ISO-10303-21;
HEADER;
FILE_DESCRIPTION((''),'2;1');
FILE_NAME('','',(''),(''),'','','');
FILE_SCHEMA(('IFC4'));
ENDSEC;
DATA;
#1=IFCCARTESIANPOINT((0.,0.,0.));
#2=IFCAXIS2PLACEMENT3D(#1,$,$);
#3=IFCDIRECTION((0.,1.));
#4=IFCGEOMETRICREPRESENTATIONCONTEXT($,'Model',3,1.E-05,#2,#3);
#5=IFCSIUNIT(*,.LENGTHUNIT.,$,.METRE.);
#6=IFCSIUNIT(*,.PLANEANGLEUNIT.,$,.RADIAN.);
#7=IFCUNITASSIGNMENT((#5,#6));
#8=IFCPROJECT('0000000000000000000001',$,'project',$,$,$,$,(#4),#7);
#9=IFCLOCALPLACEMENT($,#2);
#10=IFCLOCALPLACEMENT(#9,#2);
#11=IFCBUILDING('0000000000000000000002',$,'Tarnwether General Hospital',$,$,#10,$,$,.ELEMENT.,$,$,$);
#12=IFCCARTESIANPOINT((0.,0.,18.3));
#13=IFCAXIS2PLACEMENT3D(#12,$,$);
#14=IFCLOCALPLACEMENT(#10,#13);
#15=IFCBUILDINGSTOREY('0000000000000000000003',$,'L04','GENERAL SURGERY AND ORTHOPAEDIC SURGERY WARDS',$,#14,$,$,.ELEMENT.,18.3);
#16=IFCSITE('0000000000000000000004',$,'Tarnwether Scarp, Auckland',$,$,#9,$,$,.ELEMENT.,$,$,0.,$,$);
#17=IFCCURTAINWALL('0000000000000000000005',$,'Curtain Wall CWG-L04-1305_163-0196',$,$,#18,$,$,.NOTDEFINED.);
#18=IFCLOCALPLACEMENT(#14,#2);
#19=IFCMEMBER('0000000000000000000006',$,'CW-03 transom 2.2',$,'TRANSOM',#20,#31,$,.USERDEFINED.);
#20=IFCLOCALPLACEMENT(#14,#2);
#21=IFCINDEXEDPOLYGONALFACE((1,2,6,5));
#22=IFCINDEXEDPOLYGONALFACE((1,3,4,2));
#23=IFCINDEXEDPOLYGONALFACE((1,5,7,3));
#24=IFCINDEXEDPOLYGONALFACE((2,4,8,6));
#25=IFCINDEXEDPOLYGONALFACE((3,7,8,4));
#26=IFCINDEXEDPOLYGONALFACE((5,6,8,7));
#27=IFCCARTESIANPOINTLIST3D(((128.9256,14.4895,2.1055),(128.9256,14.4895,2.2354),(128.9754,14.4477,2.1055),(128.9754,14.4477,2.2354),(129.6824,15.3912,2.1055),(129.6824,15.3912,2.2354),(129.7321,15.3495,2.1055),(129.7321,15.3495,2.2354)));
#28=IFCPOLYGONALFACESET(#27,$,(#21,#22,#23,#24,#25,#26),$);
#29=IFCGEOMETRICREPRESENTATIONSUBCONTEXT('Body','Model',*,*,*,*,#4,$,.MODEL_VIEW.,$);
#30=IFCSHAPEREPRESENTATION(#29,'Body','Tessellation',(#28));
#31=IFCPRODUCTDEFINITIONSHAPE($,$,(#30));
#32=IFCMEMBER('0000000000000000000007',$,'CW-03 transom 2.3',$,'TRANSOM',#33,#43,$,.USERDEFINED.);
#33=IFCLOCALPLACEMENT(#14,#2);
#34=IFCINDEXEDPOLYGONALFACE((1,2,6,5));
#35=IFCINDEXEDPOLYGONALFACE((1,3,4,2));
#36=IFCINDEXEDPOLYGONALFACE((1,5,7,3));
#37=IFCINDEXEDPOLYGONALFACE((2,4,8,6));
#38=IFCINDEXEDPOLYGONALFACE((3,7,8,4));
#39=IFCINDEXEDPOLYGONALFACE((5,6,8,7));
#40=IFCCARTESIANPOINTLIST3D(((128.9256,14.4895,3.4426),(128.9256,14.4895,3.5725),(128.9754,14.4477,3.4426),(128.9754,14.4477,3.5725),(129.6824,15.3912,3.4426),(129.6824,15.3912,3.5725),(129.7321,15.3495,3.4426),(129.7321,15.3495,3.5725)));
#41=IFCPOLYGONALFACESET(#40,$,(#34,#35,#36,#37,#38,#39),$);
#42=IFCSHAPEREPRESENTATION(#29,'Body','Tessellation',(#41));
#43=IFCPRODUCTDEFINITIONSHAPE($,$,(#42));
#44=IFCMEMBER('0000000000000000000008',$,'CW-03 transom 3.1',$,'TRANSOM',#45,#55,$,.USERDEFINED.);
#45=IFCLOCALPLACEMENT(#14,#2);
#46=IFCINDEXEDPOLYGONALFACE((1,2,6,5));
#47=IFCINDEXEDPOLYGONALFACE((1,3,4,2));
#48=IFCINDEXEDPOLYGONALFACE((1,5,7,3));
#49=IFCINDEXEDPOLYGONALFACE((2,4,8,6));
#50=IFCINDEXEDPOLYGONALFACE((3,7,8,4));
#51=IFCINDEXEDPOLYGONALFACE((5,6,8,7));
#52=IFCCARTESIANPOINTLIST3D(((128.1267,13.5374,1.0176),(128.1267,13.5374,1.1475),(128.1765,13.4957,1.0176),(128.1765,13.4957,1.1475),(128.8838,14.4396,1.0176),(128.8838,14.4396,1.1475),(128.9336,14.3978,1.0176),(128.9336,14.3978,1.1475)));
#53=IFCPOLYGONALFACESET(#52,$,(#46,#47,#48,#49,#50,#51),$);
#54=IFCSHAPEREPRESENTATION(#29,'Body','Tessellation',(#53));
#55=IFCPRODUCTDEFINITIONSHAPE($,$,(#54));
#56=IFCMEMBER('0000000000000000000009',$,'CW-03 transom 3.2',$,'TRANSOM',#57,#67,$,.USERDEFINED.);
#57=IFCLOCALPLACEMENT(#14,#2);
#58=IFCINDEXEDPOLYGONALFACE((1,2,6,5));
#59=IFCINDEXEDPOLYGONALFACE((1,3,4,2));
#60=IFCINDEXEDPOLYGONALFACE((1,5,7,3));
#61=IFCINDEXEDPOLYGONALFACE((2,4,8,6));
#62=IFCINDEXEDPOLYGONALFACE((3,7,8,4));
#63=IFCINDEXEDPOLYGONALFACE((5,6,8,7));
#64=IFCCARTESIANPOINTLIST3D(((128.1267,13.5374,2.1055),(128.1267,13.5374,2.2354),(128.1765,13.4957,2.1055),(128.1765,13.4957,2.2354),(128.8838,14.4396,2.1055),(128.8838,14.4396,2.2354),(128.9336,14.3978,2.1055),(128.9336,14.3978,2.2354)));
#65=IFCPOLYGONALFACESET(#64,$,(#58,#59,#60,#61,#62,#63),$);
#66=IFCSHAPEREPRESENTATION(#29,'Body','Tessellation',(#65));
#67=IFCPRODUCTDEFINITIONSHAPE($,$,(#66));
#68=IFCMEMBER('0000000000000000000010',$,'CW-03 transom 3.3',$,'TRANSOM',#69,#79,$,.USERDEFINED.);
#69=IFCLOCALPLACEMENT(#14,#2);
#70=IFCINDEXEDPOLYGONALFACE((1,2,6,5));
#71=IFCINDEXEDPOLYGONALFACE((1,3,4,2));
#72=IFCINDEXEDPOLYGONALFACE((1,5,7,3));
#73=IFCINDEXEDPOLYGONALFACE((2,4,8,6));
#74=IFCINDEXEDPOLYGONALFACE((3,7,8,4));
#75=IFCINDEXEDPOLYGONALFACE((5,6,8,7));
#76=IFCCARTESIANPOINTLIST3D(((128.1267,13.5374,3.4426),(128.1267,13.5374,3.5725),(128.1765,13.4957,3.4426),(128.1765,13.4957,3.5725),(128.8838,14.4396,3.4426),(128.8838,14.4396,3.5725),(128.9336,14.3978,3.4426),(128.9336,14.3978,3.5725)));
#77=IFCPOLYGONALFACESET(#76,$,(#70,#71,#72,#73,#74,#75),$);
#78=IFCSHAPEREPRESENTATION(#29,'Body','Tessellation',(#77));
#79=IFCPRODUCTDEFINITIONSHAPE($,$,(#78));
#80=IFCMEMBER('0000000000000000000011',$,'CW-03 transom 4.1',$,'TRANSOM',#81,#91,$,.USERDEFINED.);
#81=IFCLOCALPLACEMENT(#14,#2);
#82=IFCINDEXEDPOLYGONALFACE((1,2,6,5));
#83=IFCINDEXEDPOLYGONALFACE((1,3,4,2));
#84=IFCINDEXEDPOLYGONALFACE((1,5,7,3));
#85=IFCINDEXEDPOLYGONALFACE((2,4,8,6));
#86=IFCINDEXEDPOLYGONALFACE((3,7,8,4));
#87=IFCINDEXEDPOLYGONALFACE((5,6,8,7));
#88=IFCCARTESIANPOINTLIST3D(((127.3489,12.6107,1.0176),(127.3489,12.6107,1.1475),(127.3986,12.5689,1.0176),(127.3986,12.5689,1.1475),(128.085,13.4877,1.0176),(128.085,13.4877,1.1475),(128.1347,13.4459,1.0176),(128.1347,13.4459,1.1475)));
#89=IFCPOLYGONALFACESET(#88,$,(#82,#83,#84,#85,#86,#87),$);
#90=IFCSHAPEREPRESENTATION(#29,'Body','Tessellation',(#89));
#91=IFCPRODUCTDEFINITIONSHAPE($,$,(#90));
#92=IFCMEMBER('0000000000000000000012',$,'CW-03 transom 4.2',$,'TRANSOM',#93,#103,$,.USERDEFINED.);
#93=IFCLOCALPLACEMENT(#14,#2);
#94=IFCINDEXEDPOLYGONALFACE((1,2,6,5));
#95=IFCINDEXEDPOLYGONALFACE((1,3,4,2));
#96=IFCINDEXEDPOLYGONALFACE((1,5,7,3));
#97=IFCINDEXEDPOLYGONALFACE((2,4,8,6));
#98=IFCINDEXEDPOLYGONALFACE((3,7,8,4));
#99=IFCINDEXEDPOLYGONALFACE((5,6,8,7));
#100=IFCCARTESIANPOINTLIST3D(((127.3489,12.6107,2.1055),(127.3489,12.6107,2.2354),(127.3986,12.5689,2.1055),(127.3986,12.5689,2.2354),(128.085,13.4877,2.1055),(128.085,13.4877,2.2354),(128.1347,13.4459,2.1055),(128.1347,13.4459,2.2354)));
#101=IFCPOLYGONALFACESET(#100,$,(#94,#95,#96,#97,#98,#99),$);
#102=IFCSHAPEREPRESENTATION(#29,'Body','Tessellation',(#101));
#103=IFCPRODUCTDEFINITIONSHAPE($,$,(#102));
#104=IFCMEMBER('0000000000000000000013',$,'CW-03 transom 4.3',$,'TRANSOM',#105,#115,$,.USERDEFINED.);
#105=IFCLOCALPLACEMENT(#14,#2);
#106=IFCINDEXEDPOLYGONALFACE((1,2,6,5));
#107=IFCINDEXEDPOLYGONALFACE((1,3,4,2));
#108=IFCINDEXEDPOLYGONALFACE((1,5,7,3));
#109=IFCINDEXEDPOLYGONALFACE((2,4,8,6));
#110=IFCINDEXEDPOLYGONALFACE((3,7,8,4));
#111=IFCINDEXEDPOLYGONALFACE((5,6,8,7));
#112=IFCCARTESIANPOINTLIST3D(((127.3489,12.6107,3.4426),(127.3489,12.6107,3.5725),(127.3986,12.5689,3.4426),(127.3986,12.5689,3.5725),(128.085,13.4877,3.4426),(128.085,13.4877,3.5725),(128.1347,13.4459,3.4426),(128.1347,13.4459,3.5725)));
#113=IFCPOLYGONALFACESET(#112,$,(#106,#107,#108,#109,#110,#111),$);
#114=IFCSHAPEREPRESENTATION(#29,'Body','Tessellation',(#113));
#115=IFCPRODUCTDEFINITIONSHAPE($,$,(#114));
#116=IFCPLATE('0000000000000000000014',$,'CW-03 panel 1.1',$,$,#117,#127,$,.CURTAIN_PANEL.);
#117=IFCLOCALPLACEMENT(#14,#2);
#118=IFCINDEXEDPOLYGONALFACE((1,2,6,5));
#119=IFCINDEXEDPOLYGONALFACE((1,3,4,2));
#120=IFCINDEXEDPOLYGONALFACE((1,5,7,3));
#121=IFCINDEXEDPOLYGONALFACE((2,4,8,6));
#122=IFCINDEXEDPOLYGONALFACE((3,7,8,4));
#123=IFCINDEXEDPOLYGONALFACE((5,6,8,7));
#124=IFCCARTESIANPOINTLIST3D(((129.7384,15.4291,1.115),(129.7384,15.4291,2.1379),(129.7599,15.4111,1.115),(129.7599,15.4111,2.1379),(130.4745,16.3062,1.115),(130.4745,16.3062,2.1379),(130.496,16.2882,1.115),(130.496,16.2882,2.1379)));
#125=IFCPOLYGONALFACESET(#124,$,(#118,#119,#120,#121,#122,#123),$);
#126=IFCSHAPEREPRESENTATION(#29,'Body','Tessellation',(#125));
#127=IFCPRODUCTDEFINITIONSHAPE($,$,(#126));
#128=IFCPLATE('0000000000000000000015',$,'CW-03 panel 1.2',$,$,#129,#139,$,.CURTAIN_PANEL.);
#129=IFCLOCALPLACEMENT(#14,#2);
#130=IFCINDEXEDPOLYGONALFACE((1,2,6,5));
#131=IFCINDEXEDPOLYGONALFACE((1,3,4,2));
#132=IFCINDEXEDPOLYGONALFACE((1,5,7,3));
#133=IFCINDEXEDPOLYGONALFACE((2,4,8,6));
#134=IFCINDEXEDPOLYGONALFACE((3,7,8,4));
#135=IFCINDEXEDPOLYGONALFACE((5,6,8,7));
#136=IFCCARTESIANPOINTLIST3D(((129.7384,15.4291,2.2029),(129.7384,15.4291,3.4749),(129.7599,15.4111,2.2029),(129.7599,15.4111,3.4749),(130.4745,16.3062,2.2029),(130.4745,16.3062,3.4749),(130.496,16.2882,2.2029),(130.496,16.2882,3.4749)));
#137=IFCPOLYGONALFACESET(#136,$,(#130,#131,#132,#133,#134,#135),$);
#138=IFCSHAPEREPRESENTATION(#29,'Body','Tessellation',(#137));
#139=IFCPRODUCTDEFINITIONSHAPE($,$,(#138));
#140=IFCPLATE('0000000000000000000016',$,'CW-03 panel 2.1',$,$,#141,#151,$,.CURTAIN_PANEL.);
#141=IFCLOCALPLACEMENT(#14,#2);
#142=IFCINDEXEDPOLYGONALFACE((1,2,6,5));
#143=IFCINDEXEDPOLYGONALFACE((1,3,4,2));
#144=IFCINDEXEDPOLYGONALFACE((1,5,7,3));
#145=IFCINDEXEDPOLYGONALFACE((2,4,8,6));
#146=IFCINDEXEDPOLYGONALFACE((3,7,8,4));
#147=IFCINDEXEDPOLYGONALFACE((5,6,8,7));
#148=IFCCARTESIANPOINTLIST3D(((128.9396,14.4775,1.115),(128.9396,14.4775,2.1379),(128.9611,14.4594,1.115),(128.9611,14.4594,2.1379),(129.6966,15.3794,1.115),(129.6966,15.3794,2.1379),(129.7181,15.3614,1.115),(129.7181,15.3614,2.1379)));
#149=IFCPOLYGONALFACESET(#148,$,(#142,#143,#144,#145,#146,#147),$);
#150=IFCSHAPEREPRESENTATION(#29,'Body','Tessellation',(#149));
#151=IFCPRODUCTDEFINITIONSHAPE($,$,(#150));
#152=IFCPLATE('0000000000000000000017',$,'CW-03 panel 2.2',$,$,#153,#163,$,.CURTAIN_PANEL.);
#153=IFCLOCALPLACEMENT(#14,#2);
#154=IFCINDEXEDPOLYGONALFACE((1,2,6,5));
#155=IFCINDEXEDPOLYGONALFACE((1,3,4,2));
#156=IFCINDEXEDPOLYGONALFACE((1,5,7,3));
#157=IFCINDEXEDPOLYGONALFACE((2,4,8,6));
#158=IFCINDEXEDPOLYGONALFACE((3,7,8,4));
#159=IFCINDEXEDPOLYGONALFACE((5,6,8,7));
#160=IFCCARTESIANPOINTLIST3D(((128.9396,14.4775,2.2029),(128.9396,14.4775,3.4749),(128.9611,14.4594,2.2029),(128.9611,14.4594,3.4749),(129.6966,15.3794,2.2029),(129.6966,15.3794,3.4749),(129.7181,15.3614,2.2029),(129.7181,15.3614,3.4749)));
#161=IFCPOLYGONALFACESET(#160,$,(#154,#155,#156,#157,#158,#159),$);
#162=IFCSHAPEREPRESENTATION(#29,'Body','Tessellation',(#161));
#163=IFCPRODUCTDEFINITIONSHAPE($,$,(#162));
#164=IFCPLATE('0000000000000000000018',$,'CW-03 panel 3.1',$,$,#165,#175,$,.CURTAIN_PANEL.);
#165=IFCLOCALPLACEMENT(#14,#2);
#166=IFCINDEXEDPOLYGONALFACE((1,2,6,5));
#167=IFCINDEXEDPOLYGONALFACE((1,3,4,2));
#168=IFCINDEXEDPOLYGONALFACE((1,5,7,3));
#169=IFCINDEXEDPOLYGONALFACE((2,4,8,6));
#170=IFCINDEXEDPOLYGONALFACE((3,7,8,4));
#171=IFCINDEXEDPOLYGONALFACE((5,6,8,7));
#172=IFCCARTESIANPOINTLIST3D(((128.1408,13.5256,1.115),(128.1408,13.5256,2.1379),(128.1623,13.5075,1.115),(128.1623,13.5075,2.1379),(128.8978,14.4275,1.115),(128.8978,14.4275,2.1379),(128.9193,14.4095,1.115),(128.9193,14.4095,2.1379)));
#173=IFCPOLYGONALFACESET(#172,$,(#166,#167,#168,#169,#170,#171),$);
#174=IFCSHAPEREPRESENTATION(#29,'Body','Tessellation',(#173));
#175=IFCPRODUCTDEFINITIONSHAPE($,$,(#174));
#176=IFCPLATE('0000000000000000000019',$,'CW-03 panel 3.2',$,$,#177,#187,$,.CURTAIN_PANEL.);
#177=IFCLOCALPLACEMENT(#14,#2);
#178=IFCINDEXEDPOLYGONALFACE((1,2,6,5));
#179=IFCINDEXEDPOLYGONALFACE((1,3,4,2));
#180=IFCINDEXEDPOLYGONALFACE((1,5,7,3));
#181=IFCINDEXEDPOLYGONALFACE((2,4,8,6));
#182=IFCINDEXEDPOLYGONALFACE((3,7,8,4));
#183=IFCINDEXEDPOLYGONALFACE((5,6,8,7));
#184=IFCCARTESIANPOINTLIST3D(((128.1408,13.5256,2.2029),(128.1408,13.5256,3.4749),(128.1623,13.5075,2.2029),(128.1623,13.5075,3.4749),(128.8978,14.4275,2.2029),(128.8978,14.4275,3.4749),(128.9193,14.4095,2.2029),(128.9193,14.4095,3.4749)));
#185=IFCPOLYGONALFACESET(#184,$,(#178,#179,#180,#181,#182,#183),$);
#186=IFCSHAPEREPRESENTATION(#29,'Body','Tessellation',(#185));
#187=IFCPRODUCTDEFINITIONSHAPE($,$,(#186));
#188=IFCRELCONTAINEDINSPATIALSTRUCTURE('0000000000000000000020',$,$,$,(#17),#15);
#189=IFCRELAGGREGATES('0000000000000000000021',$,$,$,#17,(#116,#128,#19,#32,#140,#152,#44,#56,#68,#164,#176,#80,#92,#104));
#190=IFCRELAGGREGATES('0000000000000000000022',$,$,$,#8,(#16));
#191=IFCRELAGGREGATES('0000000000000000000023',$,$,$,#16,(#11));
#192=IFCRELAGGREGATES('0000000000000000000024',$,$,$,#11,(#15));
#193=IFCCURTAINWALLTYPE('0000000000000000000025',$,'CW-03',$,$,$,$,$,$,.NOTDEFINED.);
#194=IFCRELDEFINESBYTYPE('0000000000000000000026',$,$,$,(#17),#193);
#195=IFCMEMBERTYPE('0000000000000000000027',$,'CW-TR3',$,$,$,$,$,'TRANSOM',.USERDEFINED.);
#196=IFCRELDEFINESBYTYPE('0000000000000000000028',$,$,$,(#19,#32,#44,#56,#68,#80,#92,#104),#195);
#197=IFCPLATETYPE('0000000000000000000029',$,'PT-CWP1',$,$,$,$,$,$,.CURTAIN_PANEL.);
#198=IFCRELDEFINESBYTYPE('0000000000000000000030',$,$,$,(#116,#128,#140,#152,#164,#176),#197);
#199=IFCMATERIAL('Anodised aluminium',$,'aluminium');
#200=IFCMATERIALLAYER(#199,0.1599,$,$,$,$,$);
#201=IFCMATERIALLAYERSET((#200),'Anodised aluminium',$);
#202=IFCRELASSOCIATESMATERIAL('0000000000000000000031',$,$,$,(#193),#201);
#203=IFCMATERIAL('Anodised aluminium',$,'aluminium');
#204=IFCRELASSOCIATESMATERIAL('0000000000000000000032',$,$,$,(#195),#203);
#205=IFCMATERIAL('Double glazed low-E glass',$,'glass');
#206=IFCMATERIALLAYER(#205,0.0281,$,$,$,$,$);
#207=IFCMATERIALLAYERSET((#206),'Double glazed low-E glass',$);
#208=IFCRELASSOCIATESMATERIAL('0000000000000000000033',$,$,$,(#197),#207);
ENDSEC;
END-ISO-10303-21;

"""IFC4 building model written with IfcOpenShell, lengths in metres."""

from ifc_helpers import new_model, si_unit, direction, frame, origin, origin_2d, place, context, subcontext, project, spatial, rectangle, extrude, material, layer, layer_set, material_profile, profile_set, type_object, element, aggregate, save


model = new_model("IFC4")

# Units and contexts
model_context = context("Model", 3, precision=1e-05, world=origin(), true_north=direction((0.0, 1.0)))
body_context = subcontext(model_context, "Body", "Model", "MODEL_VIEW")
ifc_project = project(units=[si_unit("LENGTHUNIT", "METRE"), si_unit("PLANEANGLEUNIT", "RADIAN")], contexts=[model_context])

# Site, building, storey
site_placement = place(None, origin())
site = spatial("IfcSite", under=ifc_project, at=site_placement, Name="Tarnwether Scarp, Auckland", CompositionType="ELEMENT", RefElevation=0.0)
building_placement = place(site_placement, origin())
building = spatial("IfcBuilding", under=site, at=building_placement, Name="Tarnwether General Hospital", CompositionType="ELEMENT")
storey_placement = place(building_placement, frame((0.0, 0.0, 18.3)))
storey = spatial("IfcBuildingStorey", under=building, at=storey_placement, Name="L04", Description="GENERAL SURGERY AND ORTHOPAEDIC SURGERY WARDS", CompositionType="ELEMENT", Elevation=18.3)

# Curtain wall
ifc_material_1 = material(Name="Anodised aluminium", Category="aluminium")
ifc_layer_1 = layer(ifc_material_1, 0.1599)
ifc_layer_set_1 = layer_set([ifc_layer_1], Name="Anodised aluminium")
curtain_wall_type_1 = type_object("IfcCurtainWallType", Name="CW-03", PredefinedType="NOTDEFINED", material=ifc_layer_set_1)
curtain_wall_1_placement = place(storey_placement, origin())
curtain_wall_1 = element("IfcCurtainWall", 1, at=curtain_wall_1_placement, inside=storey, type_object=curtain_wall_type_1, Name="Curtain Wall CWG-L04-1305_163-0196", PredefinedType="NOTDEFINED")

# Members
ifc_material_2 = material(Name="Anodised aluminium", Category="aluminium")
ifc_material_profile_1 = material_profile(ifc_material_2, rectangle(XDim=0.0649, YDim=0.1299, at=origin_2d()), Name="ALU-TRN-65x130")
ifc_profile_set_1 = profile_set([ifc_material_profile_1], Name="Anodised aluminium")
member_type_1 = type_object("IfcMemberType", Name="CW-TR3", ElementType="TRANSOM", PredefinedType="USERDEFINED", material=ifc_profile_set_1)
member_1_placement = place(storey_placement, frame((129.7073, 15.3704, 2.1704), z_axis=(-0.642832, -0.766007, 0.0), x_axis=(0.766007, -0.642832, 0.0)))
member_1 = element("IfcMember", 2, at=member_1_placement, type_object=member_type_1, Name="CW-03 transom 2.2", ObjectType="TRANSOM", PredefinedType="USERDEFINED", context=body_context, shape_type="SweptSolid", body=[
    extrude(rectangle(XDim=0.0649, YDim=0.1299, at=origin_2d()), origin(), (0.0, 0.0, 1.0), 1.1772),
])
member_2_placement = place(storey_placement, frame((129.7073, 15.3704, 3.5076), z_axis=(-0.642832, -0.766007, 0.0), x_axis=(0.766007, -0.642832, 0.0)))
member_2 = element("IfcMember", 3, at=member_2_placement, type_object=member_type_1, Name="CW-03 transom 2.3", ObjectType="TRANSOM", PredefinedType="USERDEFINED", context=body_context, shape_type="SweptSolid", body=[
    extrude(rectangle(XDim=0.0649, YDim=0.1299, at=origin_2d()), origin(), (0.0, 0.0, 1.0), 1.1772),
])
member_3_placement = place(storey_placement, frame((128.9087, 14.4187, 1.0825), z_axis=(-0.642852, -0.765991, 0.0), x_axis=(0.765991, -0.642852, 0.0)))
member_3 = element("IfcMember", 4, at=member_3_placement, type_object=member_type_1, Name="CW-03 transom 3.1", ObjectType="TRANSOM", PredefinedType="USERDEFINED", context=body_context, shape_type="SweptSolid", body=[
    extrude(rectangle(XDim=0.0649, YDim=0.1299, at=origin_2d()), origin(), (0.0, 0.0, 1.0), 1.1777),
])
member_4_placement = place(storey_placement, frame((128.9087, 14.4187, 2.1704), z_axis=(-0.642852, -0.765991, 0.0), x_axis=(0.765991, -0.642852, 0.0)))
member_4 = element("IfcMember", 5, at=member_4_placement, type_object=member_type_1, Name="CW-03 transom 3.2", ObjectType="TRANSOM", PredefinedType="USERDEFINED", context=body_context, shape_type="SweptSolid", body=[
    extrude(rectangle(XDim=0.0649, YDim=0.1299, at=origin_2d()), origin(), (0.0, 0.0, 1.0), 1.1777),
])
member_5_placement = place(storey_placement, frame((128.9087, 14.4187, 3.5076), z_axis=(-0.642852, -0.765991, 0.0), x_axis=(0.765991, -0.642852, 0.0)))
member_5 = element("IfcMember", 6, at=member_5_placement, type_object=member_type_1, Name="CW-03 transom 3.3", ObjectType="TRANSOM", PredefinedType="USERDEFINED", context=body_context, shape_type="SweptSolid", body=[
    extrude(rectangle(XDim=0.0649, YDim=0.1299, at=origin_2d()), origin(), (0.0, 0.0, 1.0), 1.1777),
])
member_6_placement = place(storey_placement, frame((128.1099, 13.4668, 1.0825), z_axis=(-0.642907, -0.765944, 0.0), x_axis=(0.765944, -0.642907, 0.0)))
member_6 = element("IfcMember", 7, at=member_6_placement, type_object=member_type_1, Name="CW-03 transom 4.1", ObjectType="TRANSOM", PredefinedType="USERDEFINED", context=body_context, shape_type="SweptSolid", body=[
    extrude(rectangle(XDim=0.0649, YDim=0.1299, at=origin_2d()), origin(), (0.0, 0.0, 1.0), 1.145),
])
member_7_placement = place(storey_placement, frame((128.1099, 13.4668, 2.1704), z_axis=(-0.642907, -0.765944, 0.0), x_axis=(0.765944, -0.642907, 0.0)))
member_7 = element("IfcMember", 8, at=member_7_placement, type_object=member_type_1, Name="CW-03 transom 4.2", ObjectType="TRANSOM", PredefinedType="USERDEFINED", context=body_context, shape_type="SweptSolid", body=[
    extrude(rectangle(XDim=0.0649, YDim=0.1299, at=origin_2d()), origin(), (0.0, 0.0, 1.0), 1.145),
])
member_8_placement = place(storey_placement, frame((128.1099, 13.4668, 3.5076), z_axis=(-0.642907, -0.765944, 0.0), x_axis=(0.765944, -0.642907, 0.0)))
member_8 = element("IfcMember", 9, at=member_8_placement, type_object=member_type_1, Name="CW-03 transom 4.3", ObjectType="TRANSOM", PredefinedType="USERDEFINED", context=body_context, shape_type="SweptSolid", body=[
    extrude(rectangle(XDim=0.0649, YDim=0.1299, at=origin_2d()), origin(), (0.0, 0.0, 1.0), 1.145),
])

# Plates
ifc_material_3 = material(Name="Double glazed low-E glass", Category="glass")
ifc_layer_2 = layer(ifc_material_3, 0.0281)
ifc_layer_set_2 = layer_set([ifc_layer_2], Name="Double glazed low-E glass")
plate_type_1 = type_object("IfcPlateType", Name="PT-CWP1", PredefinedType="CURTAIN_PANEL", material=ifc_layer_set_2)
plate_1_placement = place(storey_placement, frame((130.1172, 15.8586, 1.115), z_axis=(0.0, 0.0, 1.0), x_axis=(-0.642852, -0.76599, 0.0)))
plate_1 = element("IfcPlate", 10, at=plate_1_placement, type_object=plate_type_1, Name="CW-03 panel 1.1", PredefinedType="CURTAIN_PANEL", context=body_context, shape_type="SweptSolid", body=[
    extrude(rectangle(XDim=1.145, YDim=0.0281, at=origin_2d()), origin(), (0.0, 0.0, 1.0), 1.0229),
])
plate_2_placement = place(storey_placement, frame((130.1172, 15.8586, 2.2029), z_axis=(0.0, 0.0, 1.0), x_axis=(-0.642852, -0.76599, 0.0)))
plate_2 = element("IfcPlate", 11, at=plate_2_placement, type_object=plate_type_1, Name="CW-03 panel 1.2", PredefinedType="CURTAIN_PANEL", context=body_context, shape_type="SweptSolid", body=[
    extrude(rectangle(XDim=1.145, YDim=0.0281, at=origin_2d()), origin(), (0.0, 0.0, 1.0), 1.272),
])
plate_3_placement = place(storey_placement, frame((129.3289, 14.9194, 1.115), z_axis=(0.0, 0.0, 1.0), x_axis=(-0.642852, -0.76599, 0.0)))
plate_3 = element("IfcPlate", 12, at=plate_3_placement, type_object=plate_type_1, Name="CW-03 panel 2.1", PredefinedType="CURTAIN_PANEL", context=body_context, shape_type="SweptSolid", body=[
    extrude(rectangle(XDim=1.1775, YDim=0.0281, at=origin_2d()), origin(), (0.0, 0.0, 1.0), 1.0229),
])
plate_4_placement = place(storey_placement, frame((129.3289, 14.9194, 2.2029), z_axis=(0.0, 0.0, 1.0), x_axis=(-0.642852, -0.76599, 0.0)))
plate_4 = element("IfcPlate", 13, at=plate_4_placement, type_object=plate_type_1, Name="CW-03 panel 2.2", PredefinedType="CURTAIN_PANEL", context=body_context, shape_type="SweptSolid", body=[
    extrude(rectangle(XDim=1.1775, YDim=0.0281, at=origin_2d()), origin(), (0.0, 0.0, 1.0), 1.272),
])
plate_5_placement = place(storey_placement, frame((128.53, 13.9675, 1.115), z_axis=(0.0, 0.0, 1.0), x_axis=(-0.642852, -0.76599, 0.0)))
plate_5 = element("IfcPlate", 14, at=plate_5_placement, type_object=plate_type_1, Name="CW-03 panel 3.1", PredefinedType="CURTAIN_PANEL", context=body_context, shape_type="SweptSolid", body=[
    extrude(rectangle(XDim=1.1775, YDim=0.0281, at=origin_2d()), origin(), (0.0, 0.0, 1.0), 1.0229),
])
plate_6_placement = place(storey_placement, frame((128.53, 13.9675, 2.2029), z_axis=(0.0, 0.0, 1.0), x_axis=(-0.642852, -0.76599, 0.0)))
plate_6 = element("IfcPlate", 15, at=plate_6_placement, type_object=plate_type_1, Name="CW-03 panel 3.2", PredefinedType="CURTAIN_PANEL", context=body_context, shape_type="SweptSolid", body=[
    extrude(rectangle(XDim=1.1775, YDim=0.0281, at=origin_2d()), origin(), (0.0, 0.0, 1.0), 1.272),
])
aggregate(curtain_wall_1, [plate_1, plate_2, member_1, member_2, plate_3, plate_4, member_3, member_4, member_5, plate_5, plate_6, member_6, member_7, member_8])

save(model, "model.ifc")
